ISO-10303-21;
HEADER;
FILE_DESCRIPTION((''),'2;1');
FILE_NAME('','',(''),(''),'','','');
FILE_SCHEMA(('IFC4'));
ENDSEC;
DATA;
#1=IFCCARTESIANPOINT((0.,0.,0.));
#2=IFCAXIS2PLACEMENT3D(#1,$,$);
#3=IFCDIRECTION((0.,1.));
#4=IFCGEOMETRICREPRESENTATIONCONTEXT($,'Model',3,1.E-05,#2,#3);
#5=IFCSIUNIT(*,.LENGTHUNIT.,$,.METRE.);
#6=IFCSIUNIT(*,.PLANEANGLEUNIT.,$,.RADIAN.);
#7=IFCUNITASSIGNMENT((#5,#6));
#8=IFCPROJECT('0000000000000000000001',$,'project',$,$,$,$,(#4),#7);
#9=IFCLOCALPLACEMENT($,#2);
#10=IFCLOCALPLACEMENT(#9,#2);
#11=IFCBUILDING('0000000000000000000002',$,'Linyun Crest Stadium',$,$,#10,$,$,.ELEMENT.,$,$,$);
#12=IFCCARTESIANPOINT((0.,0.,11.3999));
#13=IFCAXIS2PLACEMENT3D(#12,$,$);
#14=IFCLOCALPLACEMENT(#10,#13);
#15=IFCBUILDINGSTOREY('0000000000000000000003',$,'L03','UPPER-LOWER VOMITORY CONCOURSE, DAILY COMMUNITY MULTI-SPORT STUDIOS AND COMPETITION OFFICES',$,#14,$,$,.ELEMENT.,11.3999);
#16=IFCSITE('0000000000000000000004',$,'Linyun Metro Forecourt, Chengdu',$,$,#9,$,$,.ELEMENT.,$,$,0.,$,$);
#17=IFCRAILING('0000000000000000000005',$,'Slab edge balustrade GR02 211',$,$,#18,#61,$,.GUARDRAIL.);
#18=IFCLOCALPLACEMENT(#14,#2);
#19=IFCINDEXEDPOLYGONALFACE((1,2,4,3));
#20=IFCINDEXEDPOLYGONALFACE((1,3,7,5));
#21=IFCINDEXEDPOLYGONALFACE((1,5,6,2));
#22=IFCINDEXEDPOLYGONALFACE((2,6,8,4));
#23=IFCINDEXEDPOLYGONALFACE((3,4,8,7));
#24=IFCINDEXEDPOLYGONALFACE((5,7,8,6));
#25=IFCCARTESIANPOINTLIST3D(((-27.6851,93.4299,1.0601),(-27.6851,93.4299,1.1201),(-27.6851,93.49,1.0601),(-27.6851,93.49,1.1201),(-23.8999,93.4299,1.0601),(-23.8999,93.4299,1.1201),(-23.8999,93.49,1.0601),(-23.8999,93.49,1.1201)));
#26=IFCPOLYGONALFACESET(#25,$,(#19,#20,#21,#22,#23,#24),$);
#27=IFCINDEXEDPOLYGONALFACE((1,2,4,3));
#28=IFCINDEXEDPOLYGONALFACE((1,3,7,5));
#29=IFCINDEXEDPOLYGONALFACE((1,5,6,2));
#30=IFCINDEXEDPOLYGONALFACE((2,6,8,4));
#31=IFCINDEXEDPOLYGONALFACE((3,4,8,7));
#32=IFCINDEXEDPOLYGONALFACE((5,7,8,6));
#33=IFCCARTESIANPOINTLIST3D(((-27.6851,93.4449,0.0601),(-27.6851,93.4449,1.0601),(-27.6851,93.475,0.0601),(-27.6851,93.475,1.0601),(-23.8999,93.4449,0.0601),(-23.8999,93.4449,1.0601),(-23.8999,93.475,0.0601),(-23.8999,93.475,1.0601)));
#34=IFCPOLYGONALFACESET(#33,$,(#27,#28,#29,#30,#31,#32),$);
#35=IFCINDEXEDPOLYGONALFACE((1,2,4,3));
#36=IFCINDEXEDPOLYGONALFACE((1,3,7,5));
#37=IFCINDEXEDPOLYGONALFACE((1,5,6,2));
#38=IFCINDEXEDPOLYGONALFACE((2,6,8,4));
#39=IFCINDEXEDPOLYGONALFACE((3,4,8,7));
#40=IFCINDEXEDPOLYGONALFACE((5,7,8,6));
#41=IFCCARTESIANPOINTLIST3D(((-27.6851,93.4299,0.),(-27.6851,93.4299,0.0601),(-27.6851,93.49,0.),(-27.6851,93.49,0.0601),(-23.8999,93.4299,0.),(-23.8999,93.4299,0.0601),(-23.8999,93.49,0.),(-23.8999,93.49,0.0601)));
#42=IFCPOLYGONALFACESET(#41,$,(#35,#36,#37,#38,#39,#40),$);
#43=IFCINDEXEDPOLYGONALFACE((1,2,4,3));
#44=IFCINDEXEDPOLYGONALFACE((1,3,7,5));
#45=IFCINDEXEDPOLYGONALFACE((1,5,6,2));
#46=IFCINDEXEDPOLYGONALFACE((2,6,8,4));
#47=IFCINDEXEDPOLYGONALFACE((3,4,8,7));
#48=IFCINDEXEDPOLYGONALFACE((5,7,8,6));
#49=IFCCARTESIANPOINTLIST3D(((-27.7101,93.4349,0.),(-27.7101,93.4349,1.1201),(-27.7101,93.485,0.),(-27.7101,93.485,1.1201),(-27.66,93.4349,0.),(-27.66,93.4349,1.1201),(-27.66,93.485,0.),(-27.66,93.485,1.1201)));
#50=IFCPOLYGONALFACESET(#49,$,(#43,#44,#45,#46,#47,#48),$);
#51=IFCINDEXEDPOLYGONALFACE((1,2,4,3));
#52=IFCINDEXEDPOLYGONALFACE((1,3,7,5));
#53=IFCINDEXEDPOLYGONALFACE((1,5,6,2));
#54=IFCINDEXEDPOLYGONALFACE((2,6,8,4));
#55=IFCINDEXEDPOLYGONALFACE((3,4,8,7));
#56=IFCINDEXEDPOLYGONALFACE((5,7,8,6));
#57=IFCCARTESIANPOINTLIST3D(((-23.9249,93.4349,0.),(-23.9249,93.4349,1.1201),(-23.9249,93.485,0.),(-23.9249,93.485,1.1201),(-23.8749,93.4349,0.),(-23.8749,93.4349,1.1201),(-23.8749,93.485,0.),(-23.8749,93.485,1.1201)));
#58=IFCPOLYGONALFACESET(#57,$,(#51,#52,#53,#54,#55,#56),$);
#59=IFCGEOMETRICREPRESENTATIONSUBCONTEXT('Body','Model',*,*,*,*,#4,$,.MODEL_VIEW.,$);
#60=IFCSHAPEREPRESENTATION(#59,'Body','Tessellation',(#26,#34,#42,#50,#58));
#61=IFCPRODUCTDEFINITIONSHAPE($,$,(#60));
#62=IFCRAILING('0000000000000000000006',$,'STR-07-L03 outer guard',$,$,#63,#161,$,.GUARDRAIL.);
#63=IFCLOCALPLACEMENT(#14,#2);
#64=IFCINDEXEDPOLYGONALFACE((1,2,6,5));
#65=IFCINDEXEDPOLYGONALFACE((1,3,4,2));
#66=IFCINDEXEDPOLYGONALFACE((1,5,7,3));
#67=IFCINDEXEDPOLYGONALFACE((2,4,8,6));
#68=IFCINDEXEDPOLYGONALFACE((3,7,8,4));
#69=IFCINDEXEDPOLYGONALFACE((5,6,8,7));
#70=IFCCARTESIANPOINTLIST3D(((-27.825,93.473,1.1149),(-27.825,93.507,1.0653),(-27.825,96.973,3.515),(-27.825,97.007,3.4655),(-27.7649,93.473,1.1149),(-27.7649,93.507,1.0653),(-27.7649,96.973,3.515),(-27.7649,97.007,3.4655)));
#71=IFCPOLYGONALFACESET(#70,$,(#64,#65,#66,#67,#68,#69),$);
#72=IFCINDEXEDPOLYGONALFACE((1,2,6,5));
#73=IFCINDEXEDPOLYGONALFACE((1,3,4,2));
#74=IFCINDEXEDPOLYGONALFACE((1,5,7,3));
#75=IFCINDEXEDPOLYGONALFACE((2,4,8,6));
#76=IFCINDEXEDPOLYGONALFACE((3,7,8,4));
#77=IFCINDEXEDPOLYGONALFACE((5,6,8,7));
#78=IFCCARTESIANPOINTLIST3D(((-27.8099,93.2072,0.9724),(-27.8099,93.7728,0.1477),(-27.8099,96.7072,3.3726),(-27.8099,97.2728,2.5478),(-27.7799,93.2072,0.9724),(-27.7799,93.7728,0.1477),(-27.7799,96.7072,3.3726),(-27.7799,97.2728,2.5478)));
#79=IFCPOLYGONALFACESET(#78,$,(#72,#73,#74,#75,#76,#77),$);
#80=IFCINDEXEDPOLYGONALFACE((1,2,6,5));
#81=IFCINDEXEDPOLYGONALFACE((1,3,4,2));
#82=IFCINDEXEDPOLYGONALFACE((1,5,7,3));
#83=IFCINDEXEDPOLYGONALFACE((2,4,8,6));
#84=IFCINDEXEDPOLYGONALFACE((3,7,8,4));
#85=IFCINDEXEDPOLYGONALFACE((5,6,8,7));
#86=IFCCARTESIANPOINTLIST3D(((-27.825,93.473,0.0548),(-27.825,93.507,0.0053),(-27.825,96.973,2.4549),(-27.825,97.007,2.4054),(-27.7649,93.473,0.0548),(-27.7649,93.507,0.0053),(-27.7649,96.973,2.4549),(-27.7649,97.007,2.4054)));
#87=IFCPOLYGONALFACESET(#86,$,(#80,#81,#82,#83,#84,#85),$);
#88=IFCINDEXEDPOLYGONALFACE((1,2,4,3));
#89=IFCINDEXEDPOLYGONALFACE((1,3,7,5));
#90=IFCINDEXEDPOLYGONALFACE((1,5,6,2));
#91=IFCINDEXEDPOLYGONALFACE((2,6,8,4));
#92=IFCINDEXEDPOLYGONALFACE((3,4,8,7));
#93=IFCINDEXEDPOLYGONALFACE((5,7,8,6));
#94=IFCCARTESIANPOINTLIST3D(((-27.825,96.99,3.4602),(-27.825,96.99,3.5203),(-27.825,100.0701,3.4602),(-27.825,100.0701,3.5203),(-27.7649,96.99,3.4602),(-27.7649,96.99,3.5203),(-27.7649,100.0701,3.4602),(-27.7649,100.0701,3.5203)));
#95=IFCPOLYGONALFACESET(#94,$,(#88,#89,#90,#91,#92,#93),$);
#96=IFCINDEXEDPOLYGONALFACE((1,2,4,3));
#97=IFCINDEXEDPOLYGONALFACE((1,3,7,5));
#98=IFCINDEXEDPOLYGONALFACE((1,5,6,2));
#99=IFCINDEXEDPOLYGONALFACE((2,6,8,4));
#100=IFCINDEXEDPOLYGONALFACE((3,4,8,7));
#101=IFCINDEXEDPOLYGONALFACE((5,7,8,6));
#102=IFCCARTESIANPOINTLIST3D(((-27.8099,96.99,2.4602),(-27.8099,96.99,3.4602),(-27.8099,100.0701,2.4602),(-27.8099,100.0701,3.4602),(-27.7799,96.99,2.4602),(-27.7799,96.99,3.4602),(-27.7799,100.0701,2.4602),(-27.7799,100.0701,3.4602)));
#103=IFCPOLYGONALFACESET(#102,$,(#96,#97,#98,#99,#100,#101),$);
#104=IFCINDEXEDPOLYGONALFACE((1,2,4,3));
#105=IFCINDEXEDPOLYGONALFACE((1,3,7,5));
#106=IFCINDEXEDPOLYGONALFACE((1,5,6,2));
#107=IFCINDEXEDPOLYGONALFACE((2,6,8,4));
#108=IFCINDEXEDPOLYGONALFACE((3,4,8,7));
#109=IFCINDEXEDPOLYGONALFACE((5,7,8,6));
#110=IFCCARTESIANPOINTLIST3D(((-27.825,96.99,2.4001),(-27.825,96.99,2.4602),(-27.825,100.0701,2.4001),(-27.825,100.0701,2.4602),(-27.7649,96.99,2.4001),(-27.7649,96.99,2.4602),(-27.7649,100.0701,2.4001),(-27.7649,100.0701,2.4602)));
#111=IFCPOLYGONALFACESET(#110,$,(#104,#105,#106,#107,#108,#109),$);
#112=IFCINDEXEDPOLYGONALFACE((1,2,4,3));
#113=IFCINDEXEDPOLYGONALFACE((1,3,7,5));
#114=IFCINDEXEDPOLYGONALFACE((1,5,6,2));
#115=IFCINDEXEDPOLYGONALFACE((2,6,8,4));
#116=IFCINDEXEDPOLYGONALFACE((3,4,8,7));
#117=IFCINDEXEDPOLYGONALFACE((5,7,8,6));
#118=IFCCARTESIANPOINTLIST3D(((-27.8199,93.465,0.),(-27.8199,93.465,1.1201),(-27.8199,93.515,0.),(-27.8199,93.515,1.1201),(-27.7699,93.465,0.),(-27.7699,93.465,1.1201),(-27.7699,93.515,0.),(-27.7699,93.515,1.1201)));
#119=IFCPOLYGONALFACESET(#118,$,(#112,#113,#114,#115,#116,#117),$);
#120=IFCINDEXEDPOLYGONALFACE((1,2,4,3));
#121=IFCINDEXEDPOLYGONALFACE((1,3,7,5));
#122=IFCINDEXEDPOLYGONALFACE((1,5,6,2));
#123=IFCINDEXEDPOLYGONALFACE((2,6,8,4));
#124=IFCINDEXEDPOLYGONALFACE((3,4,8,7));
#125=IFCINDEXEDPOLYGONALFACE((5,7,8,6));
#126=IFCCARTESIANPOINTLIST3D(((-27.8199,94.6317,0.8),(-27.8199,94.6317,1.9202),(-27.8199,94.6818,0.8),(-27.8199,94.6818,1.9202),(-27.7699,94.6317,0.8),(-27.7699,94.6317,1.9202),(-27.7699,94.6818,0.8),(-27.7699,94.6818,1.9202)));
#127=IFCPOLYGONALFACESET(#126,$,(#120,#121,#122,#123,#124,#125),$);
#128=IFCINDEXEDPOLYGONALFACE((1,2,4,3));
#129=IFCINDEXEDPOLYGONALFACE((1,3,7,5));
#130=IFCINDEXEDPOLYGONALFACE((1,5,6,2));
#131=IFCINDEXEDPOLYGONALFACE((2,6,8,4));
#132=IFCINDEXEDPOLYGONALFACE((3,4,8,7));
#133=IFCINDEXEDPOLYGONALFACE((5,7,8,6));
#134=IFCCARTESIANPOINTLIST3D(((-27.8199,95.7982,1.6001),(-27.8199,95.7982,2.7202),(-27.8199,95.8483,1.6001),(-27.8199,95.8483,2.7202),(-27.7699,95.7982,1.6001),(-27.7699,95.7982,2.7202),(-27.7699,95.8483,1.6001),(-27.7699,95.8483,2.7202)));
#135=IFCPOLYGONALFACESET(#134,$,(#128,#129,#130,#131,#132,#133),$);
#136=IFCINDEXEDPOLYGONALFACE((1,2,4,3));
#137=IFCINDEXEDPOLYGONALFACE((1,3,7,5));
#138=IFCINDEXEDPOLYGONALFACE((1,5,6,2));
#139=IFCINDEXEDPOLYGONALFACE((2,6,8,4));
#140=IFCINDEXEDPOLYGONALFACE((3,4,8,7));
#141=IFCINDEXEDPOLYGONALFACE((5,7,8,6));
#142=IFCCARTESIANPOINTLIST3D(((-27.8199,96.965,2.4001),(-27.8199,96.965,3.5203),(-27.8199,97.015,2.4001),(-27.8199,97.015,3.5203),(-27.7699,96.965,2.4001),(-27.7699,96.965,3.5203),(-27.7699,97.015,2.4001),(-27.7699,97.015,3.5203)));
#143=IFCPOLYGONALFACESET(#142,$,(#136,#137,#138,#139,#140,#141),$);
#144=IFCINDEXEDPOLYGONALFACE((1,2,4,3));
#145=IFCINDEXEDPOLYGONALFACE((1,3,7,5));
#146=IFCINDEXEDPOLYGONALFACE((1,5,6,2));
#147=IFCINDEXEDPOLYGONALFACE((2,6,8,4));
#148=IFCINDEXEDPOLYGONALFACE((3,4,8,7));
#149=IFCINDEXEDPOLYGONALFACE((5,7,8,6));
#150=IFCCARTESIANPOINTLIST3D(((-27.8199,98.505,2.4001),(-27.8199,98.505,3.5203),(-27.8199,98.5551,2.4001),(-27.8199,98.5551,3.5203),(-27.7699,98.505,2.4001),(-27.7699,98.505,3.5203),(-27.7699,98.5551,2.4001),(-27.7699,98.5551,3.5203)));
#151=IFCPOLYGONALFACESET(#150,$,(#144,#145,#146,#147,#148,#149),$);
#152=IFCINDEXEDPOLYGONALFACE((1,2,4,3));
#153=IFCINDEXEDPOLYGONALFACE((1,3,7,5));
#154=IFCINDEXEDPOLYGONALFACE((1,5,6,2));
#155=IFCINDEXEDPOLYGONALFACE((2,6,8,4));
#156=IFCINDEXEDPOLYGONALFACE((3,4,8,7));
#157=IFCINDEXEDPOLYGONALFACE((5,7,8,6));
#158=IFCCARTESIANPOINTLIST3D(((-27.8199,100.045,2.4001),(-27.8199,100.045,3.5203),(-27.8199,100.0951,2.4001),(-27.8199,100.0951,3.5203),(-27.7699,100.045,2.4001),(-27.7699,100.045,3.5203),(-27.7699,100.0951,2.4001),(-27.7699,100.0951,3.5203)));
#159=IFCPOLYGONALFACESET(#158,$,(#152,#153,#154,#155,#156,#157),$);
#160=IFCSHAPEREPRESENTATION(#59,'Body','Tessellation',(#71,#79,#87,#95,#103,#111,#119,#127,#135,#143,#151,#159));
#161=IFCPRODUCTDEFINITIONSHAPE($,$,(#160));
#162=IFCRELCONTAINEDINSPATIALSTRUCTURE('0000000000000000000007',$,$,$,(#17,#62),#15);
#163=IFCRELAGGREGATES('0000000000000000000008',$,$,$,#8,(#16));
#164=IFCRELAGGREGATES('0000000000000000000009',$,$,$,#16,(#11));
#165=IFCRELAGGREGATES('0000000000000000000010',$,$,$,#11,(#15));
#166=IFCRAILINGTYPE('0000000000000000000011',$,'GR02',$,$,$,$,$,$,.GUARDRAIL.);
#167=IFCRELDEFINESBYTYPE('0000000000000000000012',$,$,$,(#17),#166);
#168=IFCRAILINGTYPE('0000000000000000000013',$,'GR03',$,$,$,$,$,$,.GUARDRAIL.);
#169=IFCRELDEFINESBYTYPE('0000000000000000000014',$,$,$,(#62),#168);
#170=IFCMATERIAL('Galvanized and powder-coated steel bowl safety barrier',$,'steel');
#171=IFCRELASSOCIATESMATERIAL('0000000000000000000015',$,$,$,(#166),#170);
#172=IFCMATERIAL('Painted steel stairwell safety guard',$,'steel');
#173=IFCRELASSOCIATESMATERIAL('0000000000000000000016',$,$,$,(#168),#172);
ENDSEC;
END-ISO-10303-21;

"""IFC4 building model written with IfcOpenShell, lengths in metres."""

from ifc_helpers import new_model, si_unit, direction, frame, origin, origin_2d, place, context, subcontext, project, spatial, rectangle, extrude, material, type_object, element, save


model = new_model("IFC4")

# Units and contexts
model_context = context("Model", 3, precision=1e-05, world=origin(), true_north=direction((0.0, 1.0)))
body_context = subcontext(model_context, "Body", "Model", "MODEL_VIEW")
ifc_project = project(units=[si_unit("LENGTHUNIT", "METRE"), si_unit("PLANEANGLEUNIT", "RADIAN")], contexts=[model_context])

# Site, building, storey
site_placement = place(None, origin())
site = spatial("IfcSite", under=ifc_project, at=site_placement, Name="Linyun Metro Forecourt, Chengdu", CompositionType="ELEMENT", RefElevation=0.0)
building_placement = place(site_placement, origin())
building = spatial("IfcBuilding", under=site, at=building_placement, Name="Linyun Crest Stadium", CompositionType="ELEMENT")
storey_placement = place(building_placement, frame((0.0, 0.0, 11.3999)))
storey = spatial("IfcBuildingStorey", under=building, at=storey_placement, Name="L03", Description="UPPER-LOWER VOMITORY CONCOURSE, DAILY COMMUNITY MULTI-SPORT STUDIOS AND COMPETITION OFFICES", CompositionType="ELEMENT", Elevation=11.3999)

# Railings
ifc_material_1 = material(Name="Galvanized and powder-coated steel bowl safety barrier", Category="steel")
railing_type_1 = type_object("IfcRailingType", Name="GR02", PredefinedType="GUARDRAIL", material=ifc_material_1)
railing_1_placement = place(storey_placement, frame((-27.6851, 93.46, 0.0)))
element("IfcRailing", 1, at=railing_1_placement, inside=storey, type_object=railing_type_1, Name="Slab edge balustrade GR02 211", PredefinedType="GUARDRAIL", context=body_context, shape_type="SweptSolid", body=[
    extrude(rectangle(XDim=0.0601, YDim=0.0601, at=origin_2d()), frame((0.0, 0.0, 1.0901), z_axis=(1.0, 0.0, 0.0), x_axis=(0.0, 1.0, 0.0)), (0.0, 0.0, 1.0), 3.7852),
    extrude(rectangle(XDim=0.03, YDim=1.0, at=origin_2d()), frame((0.0, 0.0, 0.5601), z_axis=(1.0, 0.0, 0.0), x_axis=(0.0, 1.0, 0.0)), (0.0, 0.0, 1.0), 3.7852),
    extrude(rectangle(XDim=0.0601, YDim=0.0601, at=origin_2d()), frame((0.0, 0.0, 0.03), z_axis=(1.0, 0.0, 0.0), x_axis=(0.0, 1.0, 0.0)), (0.0, 0.0, 1.0), 3.7852),
    extrude(rectangle(XDim=0.05, YDim=0.05, at=origin_2d()), origin(), (0.0, 0.0, 1.0), 1.1201),
    extrude(rectangle(XDim=0.05, YDim=0.05, at=origin_2d()), frame((3.7852, 0.0, 0.0)), (0.0, 0.0, 1.0), 1.1201),
])
ifc_material_2 = material(Name="Painted steel stairwell safety guard", Category="steel")
railing_type_2 = type_object("IfcRailingType", Name="GR03", PredefinedType="GUARDRAIL", material=ifc_material_2)
railing_2_placement = place(storey_placement, frame((-27.7949, 93.49, 0.0)))
element("IfcRailing", 2, at=railing_2_placement, inside=storey, type_object=railing_type_2, Name="STR-07-L03 outer guard", PredefinedType="GUARDRAIL", context=body_context, shape_type="SweptSolid", body=[
    extrude(rectangle(XDim=0.0601, YDim=0.0601, at=origin_2d()), frame((0.0, 0.0, 1.0901), z_axis=(0.0, 0.824713, 0.565552), x_axis=(-1.0, 0.0, 0.0)), (0.0, 0.0, 1.0), 4.2439),
    extrude(rectangle(XDim=0.03, YDim=1.0, at=origin_2d()), frame((0.0, 0.0, 0.5601), z_axis=(0.0, 0.824713, 0.565552), x_axis=(-1.0, 0.0, 0.0)), (0.0, 0.0, 1.0), 4.2439),
    extrude(rectangle(XDim=0.0601, YDim=0.0601, at=origin_2d()), frame((0.0, 0.0, 0.03), z_axis=(0.0, 0.824713, 0.565552), x_axis=(-1.0, 0.0, 0.0)), (0.0, 0.0, 1.0), 4.2439),
    extrude(rectangle(XDim=0.0601, YDim=0.0601, at=origin_2d()), frame((0.0, 3.5, 3.4902), z_axis=(0.0, 1.0, 0.0), x_axis=(-1.0, 0.0, 0.0)), (0.0, 0.0, 1.0), 3.0801),
    extrude(rectangle(XDim=0.03, YDim=1.0, at=origin_2d()), frame((0.0, 3.5, 2.9602), z_axis=(0.0, 1.0, 0.0), x_axis=(-1.0, 0.0, 0.0)), (0.0, 0.0, 1.0), 3.0801),
    extrude(rectangle(XDim=0.0601, YDim=0.0601, at=origin_2d()), frame((0.0, 3.5, 2.4302), z_axis=(0.0, 1.0, 0.0), x_axis=(-1.0, 0.0, 0.0)), (0.0, 0.0, 1.0), 3.0801),
    extrude(rectangle(XDim=0.05, YDim=0.05, at=origin_2d()), origin(), (0.0, 0.0, 1.0), 1.1201),
    extrude(rectangle(XDim=0.05, YDim=0.05, at=origin_2d()), frame((0.0, 1.1667, 0.8)), (0.0, 0.0, 1.0), 1.1201),
    extrude(rectangle(XDim=0.05, YDim=0.05, at=origin_2d()), frame((0.0, 2.3333, 1.6001)), (0.0, 0.0, 1.0), 1.1201),
    extrude(rectangle(XDim=0.05, YDim=0.05, at=origin_2d()), frame((0.0, 3.5, 2.4001)), (0.0, 0.0, 1.0), 1.1201),
    extrude(rectangle(XDim=0.05, YDim=0.05, at=origin_2d()), frame((0.0, 5.04, 2.4001)), (0.0, 0.0, 1.0), 1.1201),
    extrude(rectangle(XDim=0.05, YDim=0.05, at=origin_2d()), frame((0.0, 6.5801, 2.4001)), (0.0, 0.0, 1.0), 1.1201),
])

save(model, "model.ifc")
